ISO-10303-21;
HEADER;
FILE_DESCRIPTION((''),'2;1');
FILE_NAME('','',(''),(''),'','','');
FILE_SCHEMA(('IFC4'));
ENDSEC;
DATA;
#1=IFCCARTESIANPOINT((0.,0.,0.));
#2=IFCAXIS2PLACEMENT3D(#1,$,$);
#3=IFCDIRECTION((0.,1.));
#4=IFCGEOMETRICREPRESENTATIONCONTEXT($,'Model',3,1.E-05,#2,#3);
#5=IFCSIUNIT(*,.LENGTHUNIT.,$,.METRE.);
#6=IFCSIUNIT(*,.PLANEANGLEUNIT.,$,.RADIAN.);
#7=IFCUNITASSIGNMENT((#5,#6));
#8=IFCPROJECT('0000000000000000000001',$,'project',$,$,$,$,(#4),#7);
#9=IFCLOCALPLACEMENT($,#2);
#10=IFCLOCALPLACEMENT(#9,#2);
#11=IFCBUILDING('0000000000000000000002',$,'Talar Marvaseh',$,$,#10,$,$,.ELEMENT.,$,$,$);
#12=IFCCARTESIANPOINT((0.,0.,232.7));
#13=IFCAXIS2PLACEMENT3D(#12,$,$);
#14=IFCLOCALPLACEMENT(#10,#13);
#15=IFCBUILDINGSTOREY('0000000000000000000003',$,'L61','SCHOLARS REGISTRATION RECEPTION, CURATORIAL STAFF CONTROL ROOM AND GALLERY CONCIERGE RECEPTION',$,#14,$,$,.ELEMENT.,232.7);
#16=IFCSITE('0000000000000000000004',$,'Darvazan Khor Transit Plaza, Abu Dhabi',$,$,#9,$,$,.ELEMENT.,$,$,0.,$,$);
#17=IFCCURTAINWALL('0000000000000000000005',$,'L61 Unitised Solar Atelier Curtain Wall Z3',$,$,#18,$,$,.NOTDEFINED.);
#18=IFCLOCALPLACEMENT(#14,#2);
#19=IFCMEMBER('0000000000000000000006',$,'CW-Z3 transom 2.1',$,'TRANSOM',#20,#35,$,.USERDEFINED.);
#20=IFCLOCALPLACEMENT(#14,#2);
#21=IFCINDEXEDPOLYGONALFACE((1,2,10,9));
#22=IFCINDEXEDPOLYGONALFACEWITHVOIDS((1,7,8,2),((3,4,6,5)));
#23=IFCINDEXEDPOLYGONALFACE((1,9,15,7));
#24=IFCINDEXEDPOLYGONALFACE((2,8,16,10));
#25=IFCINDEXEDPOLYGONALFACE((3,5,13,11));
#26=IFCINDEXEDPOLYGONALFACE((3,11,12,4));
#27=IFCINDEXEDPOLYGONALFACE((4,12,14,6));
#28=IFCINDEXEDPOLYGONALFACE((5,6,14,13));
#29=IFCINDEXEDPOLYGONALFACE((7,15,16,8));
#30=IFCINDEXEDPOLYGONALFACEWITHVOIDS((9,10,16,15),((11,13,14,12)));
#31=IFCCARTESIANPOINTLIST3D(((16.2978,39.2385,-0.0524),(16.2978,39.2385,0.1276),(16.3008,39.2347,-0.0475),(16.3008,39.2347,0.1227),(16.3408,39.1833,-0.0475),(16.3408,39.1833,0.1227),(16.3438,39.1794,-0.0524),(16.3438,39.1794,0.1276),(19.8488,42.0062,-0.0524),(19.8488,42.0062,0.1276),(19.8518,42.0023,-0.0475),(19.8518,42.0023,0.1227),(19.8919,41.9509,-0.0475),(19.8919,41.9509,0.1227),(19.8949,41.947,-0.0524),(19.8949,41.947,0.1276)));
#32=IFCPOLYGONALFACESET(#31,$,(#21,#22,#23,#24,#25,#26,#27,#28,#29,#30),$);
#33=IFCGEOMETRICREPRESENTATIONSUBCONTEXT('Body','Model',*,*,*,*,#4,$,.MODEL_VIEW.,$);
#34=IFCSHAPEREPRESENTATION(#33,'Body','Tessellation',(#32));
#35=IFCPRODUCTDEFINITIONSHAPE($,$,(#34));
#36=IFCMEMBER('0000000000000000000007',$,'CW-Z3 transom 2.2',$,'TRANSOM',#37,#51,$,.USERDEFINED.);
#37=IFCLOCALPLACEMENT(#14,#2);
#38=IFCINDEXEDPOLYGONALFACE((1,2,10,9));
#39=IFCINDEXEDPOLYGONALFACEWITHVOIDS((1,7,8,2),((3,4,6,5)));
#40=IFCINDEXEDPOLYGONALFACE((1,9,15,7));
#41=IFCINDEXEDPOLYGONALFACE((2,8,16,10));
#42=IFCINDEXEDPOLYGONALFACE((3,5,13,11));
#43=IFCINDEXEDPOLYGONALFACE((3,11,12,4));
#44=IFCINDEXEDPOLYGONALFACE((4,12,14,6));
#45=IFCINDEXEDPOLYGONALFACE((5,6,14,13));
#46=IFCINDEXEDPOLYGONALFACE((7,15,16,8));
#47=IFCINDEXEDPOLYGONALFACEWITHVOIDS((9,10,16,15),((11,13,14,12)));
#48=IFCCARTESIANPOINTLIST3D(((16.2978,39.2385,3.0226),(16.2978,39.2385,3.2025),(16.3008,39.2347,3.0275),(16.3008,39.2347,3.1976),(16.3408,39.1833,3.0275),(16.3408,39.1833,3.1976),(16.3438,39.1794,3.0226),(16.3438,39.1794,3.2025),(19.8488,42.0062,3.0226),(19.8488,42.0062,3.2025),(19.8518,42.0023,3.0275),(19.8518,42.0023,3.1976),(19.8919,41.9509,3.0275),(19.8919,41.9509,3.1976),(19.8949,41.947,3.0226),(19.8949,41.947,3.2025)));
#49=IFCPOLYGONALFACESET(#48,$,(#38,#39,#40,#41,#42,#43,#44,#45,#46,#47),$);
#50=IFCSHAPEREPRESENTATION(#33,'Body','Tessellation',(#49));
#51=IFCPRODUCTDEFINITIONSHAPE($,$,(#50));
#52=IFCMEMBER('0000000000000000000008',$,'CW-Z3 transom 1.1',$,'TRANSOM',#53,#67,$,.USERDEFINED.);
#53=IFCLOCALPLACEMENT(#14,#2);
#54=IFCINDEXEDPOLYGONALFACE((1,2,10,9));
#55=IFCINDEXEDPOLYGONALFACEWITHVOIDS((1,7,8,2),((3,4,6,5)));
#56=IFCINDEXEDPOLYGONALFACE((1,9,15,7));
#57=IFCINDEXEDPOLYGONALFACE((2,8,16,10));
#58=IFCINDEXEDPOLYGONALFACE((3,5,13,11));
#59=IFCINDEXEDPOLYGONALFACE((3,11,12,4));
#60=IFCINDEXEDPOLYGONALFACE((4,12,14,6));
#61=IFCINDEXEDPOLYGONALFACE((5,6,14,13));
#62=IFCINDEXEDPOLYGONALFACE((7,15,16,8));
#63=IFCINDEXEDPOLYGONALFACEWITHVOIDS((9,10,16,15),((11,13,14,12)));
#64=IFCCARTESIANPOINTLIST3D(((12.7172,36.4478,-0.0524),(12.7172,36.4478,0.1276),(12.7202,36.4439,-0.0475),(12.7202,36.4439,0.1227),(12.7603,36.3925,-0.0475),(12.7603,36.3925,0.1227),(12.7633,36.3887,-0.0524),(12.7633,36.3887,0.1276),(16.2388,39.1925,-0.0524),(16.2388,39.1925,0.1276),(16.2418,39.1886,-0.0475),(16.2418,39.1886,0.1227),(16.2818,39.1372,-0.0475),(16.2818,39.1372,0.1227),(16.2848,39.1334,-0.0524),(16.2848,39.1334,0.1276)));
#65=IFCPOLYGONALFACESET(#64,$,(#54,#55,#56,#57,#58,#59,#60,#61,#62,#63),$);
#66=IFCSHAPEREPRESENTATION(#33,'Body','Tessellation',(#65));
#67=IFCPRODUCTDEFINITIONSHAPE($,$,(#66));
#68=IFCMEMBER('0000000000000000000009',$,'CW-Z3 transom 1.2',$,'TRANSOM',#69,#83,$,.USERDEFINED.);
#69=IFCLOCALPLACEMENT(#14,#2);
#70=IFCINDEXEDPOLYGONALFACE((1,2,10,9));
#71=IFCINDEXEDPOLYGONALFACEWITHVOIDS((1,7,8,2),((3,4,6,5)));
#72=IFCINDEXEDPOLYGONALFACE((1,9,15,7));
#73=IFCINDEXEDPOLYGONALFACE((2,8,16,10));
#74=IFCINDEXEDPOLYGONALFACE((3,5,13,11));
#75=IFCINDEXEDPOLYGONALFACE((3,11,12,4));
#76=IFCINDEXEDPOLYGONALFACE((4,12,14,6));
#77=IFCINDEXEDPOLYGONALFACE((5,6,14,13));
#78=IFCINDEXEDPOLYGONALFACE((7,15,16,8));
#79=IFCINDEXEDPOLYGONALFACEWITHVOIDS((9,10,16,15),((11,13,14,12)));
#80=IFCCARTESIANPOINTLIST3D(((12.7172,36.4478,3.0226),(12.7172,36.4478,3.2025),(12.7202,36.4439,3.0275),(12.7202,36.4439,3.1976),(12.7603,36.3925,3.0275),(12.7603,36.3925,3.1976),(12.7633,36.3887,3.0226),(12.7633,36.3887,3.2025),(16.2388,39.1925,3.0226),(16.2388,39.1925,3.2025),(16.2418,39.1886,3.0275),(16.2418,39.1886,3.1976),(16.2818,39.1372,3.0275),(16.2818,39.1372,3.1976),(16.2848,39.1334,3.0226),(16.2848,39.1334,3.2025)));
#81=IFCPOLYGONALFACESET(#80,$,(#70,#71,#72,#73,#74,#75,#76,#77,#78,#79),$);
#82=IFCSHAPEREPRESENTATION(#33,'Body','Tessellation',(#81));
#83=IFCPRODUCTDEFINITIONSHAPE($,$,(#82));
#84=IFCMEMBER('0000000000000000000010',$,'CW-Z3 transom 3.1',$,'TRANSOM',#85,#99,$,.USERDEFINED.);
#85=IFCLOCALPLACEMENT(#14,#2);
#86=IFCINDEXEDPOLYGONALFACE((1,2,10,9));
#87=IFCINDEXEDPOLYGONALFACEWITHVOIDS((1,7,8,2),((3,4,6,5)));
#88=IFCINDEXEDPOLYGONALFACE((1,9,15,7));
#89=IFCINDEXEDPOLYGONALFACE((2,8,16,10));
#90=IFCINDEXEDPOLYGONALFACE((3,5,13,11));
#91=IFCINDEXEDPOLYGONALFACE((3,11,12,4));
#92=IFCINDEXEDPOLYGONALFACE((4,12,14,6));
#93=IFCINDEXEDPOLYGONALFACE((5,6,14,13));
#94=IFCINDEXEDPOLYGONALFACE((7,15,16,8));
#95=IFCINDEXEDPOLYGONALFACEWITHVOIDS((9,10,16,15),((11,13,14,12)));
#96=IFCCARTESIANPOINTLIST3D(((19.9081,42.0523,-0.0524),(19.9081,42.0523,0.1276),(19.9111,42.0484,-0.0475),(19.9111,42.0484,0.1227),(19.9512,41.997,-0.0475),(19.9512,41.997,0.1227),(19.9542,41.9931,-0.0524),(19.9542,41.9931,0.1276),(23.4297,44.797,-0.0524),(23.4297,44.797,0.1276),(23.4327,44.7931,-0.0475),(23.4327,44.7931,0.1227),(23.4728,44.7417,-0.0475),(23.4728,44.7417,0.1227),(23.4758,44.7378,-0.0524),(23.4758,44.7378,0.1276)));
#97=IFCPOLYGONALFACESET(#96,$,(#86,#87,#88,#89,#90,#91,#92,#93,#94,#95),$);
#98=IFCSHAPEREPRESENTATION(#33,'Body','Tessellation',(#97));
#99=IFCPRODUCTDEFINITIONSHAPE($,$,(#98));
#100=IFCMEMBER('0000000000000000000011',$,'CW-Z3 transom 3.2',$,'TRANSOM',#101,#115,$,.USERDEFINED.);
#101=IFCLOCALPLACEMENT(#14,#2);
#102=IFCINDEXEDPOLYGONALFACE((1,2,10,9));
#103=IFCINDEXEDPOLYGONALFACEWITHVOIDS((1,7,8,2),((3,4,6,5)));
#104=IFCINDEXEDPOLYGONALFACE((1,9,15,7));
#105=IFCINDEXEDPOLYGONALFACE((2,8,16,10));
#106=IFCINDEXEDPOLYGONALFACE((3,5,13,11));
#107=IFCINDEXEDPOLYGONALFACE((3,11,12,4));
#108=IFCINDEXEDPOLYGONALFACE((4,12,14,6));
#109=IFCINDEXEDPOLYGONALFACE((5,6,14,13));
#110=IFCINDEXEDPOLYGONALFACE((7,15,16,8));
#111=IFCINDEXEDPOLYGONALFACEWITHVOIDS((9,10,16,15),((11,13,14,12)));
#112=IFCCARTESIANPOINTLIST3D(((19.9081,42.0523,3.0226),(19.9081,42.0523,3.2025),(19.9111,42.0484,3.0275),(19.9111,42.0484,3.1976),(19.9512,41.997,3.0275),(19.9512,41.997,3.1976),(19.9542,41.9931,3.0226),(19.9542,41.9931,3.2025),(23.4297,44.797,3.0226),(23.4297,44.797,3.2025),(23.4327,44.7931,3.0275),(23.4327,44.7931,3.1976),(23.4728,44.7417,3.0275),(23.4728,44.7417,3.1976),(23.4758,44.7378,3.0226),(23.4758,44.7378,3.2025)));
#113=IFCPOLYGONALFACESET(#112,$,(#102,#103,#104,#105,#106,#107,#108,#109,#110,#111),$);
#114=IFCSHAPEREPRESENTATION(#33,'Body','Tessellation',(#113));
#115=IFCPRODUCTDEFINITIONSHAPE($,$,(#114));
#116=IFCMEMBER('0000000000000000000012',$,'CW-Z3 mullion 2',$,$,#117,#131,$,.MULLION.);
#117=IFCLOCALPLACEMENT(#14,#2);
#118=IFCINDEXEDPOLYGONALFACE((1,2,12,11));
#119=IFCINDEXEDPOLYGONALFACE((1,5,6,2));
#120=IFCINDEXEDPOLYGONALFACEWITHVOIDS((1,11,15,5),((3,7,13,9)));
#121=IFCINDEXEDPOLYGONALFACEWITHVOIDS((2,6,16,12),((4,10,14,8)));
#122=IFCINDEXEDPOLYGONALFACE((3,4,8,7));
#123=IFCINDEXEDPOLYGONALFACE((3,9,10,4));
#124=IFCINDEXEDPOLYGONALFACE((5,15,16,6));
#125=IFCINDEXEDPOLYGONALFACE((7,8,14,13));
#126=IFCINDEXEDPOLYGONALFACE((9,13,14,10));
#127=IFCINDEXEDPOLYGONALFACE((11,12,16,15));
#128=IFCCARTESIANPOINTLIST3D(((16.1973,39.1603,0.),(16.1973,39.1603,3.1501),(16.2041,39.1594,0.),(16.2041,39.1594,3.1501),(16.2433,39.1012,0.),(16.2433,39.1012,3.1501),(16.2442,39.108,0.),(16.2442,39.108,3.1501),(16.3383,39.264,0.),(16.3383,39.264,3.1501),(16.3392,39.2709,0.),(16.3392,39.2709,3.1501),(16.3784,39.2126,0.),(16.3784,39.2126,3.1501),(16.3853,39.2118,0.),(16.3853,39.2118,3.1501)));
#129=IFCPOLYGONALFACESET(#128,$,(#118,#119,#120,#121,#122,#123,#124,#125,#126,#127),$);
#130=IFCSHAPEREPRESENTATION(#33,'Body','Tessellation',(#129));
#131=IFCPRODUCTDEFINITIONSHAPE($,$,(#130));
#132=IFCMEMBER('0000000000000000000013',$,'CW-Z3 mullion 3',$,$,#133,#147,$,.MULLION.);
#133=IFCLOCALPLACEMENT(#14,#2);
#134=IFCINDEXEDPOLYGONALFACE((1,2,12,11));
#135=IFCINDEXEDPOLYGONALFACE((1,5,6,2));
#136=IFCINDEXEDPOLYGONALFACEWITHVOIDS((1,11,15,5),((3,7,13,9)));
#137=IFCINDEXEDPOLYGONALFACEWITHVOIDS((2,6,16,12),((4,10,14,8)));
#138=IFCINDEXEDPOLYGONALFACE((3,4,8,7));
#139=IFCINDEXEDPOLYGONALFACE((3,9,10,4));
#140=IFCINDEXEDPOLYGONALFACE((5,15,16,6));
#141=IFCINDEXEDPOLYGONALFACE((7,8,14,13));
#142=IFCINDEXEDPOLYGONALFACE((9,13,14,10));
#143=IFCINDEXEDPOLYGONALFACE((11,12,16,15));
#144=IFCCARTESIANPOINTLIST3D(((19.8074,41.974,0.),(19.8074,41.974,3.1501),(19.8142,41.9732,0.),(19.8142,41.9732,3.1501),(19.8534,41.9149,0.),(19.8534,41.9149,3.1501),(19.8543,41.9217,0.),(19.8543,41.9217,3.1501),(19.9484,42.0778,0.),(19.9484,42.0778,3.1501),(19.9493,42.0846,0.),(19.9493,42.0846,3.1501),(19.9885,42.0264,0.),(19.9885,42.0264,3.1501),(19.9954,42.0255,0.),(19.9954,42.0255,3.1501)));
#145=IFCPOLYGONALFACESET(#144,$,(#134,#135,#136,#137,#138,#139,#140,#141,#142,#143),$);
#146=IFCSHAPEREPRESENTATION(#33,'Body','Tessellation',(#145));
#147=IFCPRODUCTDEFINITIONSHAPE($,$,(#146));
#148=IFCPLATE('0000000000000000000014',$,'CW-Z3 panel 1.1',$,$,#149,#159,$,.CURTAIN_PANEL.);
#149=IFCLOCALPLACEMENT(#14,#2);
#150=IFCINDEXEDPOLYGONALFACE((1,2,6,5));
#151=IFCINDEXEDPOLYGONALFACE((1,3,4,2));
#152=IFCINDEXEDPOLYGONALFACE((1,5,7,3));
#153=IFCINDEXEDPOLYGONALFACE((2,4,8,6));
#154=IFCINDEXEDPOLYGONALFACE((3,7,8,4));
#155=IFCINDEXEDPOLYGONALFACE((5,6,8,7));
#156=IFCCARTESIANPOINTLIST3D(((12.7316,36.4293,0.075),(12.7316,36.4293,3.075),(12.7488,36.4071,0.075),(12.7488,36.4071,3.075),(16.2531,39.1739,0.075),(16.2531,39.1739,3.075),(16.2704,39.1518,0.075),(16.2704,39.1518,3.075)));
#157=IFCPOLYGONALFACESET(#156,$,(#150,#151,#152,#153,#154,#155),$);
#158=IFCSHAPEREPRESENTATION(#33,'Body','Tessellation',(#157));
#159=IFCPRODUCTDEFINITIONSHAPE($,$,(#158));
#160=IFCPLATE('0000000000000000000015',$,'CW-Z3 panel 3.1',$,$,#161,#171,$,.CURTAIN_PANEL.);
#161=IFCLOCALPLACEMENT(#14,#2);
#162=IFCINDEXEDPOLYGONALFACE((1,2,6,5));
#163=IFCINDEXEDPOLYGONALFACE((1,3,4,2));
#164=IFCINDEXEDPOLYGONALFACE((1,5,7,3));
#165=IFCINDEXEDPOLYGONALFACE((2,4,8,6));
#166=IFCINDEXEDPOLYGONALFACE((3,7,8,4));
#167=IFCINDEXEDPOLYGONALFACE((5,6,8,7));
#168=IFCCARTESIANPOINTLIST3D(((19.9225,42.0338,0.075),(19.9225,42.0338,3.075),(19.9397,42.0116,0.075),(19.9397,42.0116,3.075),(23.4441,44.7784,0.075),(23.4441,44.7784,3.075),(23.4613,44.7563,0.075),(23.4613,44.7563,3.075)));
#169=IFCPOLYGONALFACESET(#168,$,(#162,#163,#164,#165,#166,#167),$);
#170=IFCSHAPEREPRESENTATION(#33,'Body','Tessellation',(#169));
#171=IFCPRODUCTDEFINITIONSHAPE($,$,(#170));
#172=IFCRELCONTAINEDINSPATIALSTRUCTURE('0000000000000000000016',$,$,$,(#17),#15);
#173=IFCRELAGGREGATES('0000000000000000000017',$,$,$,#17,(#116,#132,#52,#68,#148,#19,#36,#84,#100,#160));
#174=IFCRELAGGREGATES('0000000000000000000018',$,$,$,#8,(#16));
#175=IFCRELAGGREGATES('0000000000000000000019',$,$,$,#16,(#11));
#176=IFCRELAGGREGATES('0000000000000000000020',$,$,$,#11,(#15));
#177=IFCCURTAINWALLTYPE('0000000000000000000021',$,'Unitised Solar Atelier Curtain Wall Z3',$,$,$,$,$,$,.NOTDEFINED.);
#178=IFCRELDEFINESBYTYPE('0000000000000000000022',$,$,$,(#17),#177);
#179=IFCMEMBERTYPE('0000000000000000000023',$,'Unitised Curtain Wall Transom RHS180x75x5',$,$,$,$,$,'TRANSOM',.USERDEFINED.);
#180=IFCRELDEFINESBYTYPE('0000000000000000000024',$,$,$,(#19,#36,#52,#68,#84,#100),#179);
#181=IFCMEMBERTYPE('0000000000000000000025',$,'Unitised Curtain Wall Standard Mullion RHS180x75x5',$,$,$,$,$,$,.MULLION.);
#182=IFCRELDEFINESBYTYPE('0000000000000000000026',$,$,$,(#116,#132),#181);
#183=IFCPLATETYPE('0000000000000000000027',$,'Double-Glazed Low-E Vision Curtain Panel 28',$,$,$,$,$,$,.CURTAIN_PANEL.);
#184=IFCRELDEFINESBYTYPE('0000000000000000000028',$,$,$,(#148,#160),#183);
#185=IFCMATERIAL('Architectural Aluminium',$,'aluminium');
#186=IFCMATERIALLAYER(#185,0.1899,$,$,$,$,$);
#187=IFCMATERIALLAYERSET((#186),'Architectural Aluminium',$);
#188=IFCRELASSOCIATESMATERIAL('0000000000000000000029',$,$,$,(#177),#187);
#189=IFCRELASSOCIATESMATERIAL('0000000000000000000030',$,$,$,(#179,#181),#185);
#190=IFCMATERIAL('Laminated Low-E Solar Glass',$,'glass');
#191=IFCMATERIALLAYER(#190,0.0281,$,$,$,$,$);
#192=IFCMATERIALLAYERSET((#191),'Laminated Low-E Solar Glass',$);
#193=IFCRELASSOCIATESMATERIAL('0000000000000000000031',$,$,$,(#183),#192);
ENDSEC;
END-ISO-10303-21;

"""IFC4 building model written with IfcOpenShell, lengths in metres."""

from ifc_helpers import new_model, si_unit, direction, frame, origin, origin_2d, place, context, subcontext, project, spatial, rectangle, hollow_rectangle, extrude, source, transform, mapped, material, layer, layer_set, material_profile, profile_set, type_object, type_shapes, element, aggregate, save


model = new_model("IFC4")

# Units and contexts
model_context = context("Model", 3, precision=1e-05, world=origin(), true_north=direction((0.0, 1.0)))
body_context = subcontext(model_context, "Body", "Model", "MODEL_VIEW")
ifc_project = project(units=[si_unit("LENGTHUNIT", "METRE"), si_unit("PLANEANGLEUNIT", "RADIAN")], contexts=[model_context])

# Site, building, storey
site_placement = place(None, origin())
site = spatial("IfcSite", under=ifc_project, at=site_placement, Name="Darvazan Khor Transit Plaza, Abu Dhabi", CompositionType="ELEMENT", RefElevation=0.0)
building_placement = place(site_placement, origin())
building = spatial("IfcBuilding", under=site, at=building_placement, Name="Talar Marvaseh", CompositionType="ELEMENT")
storey_placement = place(building_placement, frame((0.0, 0.0, 232.7)))
storey = spatial("IfcBuildingStorey", under=building, at=storey_placement, Name="L61", Description="SCHOLARS REGISTRATION RECEPTION, CURATORIAL STAFF CONTROL ROOM AND GALLERY CONCIERGE RECEPTION", CompositionType="ELEMENT", Elevation=232.7)

# Curtain wall, members, plates
ifc_material_1 = material(Name="Architectural Aluminium", Category="aluminium")
ifc_layer_1 = layer(ifc_material_1, 0.1899)
ifc_layer_set_1 = layer_set([ifc_layer_1], Name="Architectural Aluminium")
curtain_wall_type = type_object("IfcCurtainWallType", Name="Unitised Solar Atelier Curtain Wall Z3", PredefinedType="NOTDEFINED", material=ifc_layer_set_1)
curtain_wall_placement = place(storey_placement, origin())
curtain_wall = element("IfcCurtainWall", 1, at=curtain_wall_placement, inside=storey, type_object=curtain_wall_type, Name="L61 Unitised Solar Atelier Curtain Wall Z3", PredefinedType="NOTDEFINED")
ifc_material_profile_1 = material_profile(ifc_material_1, hollow_rectangle(XDim=0.075, YDim=0.1799, WallThickness=0.0049, at=origin_2d()), Name="RHS180x75x5")
ifc_profile_set_1 = profile_set([ifc_material_profile_1], Name="Architectural Aluminium")
member_type_1 = type_object("IfcMemberType", Name="Unitised Curtain Wall Transom RHS180x75x5", ElementType="TRANSOM", PredefinedType="USERDEFINED", material=ifc_profile_set_1)
shared_shape_1 = source(origin(), body_context, "Body", "SweptSolid", [
    extrude(hollow_rectangle(XDim=0.075, YDim=0.1799, WallThickness=0.0049, at=origin_2d()), origin(), (0.0, 0.0, 1.0), 4.5022),
])
member_1_placement = place(storey_placement, frame((16.3208, 39.209, 0.0376), z_axis=(0.788742, 0.614725, 0.0), x_axis=(-0.614725, 0.788742, 0.0)))
member_1 = element("IfcMember", 2, at=member_1_placement, type_object=member_type_1, Name="CW-Z3 transom 2.1", ObjectType="TRANSOM", PredefinedType="USERDEFINED", context=body_context, shape_type="MappedRepresentation", body=[
    mapped(shared_shape_1, transform((0.0, 0.0, 0.0), x_axis=(1.0, 0.0, 0.0), y_axis=(0.0, 1.0, 0.0), z_axis=(0.0, 0.0, 1.0), scale=1.0)),
])
member_2_placement = place(storey_placement, frame((16.3208, 39.209, 3.1125), z_axis=(0.788742, 0.614725, 0.0), x_axis=(-0.614725, 0.788742, 0.0)))
member_2 = element("IfcMember", 3, at=member_2_placement, type_object=member_type_1, Name="CW-Z3 transom 2.2", ObjectType="TRANSOM", PredefinedType="USERDEFINED", context=body_context, shape_type="MappedRepresentation", body=[
    mapped(shared_shape_1, transform((0.0, 0.0, 0.0), x_axis=(1.0, 0.0, 0.0), y_axis=(0.0, 1.0, 0.0), z_axis=(0.0, 0.0, 1.0), scale=1.0)),
])
shared_shape_2 = source(origin(), body_context, "Body", "SweptSolid", [
    extrude(hollow_rectangle(XDim=0.075, YDim=0.1799, WallThickness=0.0049, at=origin_2d()), origin(), (0.0, 0.0, 1.0), 4.4648),
])
type_shapes(member_type_1, [shared_shape_1, shared_shape_2])
member_3_placement = place(storey_placement, frame((12.7402, 36.4182, 0.0376), z_axis=(0.788733, 0.614735, 0.0), x_axis=(-0.614735, 0.788733, 0.0)))
member_3 = element("IfcMember", 4, at=member_3_placement, type_object=member_type_1, Name="CW-Z3 transom 1.1", ObjectType="TRANSOM", PredefinedType="USERDEFINED", context=body_context, shape_type="MappedRepresentation", body=[
    mapped(shared_shape_2, transform((0.0, 0.0, 0.0), x_axis=(1.0, 0.0, 0.0), y_axis=(0.0, 1.0, 0.0), z_axis=(0.0, 0.0, 1.0), scale=1.0)),
])
member_4_placement = place(storey_placement, frame((12.7402, 36.4182, 3.1125), z_axis=(0.788733, 0.614735, 0.0), x_axis=(-0.614735, 0.788733, 0.0)))
member_4 = element("IfcMember", 5, at=member_4_placement, type_object=member_type_1, Name="CW-Z3 transom 1.2", ObjectType="TRANSOM", PredefinedType="USERDEFINED", context=body_context, shape_type="MappedRepresentation", body=[
    mapped(shared_shape_2, transform((0.0, 0.0, 0.0), x_axis=(1.0, 0.0, 0.0), y_axis=(0.0, 1.0, 0.0), z_axis=(0.0, 0.0, 1.0), scale=1.0)),
])
member_5_placement = place(storey_placement, frame((19.9312, 42.0227, 0.0376), z_axis=(0.788733, 0.614735, 0.0), x_axis=(-0.614735, 0.788733, 0.0)))
member_5 = element("IfcMember", 6, at=member_5_placement, type_object=member_type_1, Name="CW-Z3 transom 3.1", ObjectType="TRANSOM", PredefinedType="USERDEFINED", context=body_context, shape_type="MappedRepresentation", body=[
    mapped(shared_shape_2, transform((0.0, 0.0, 0.0), x_axis=(1.0, 0.0, 0.0), y_axis=(0.0, 1.0, 0.0), z_axis=(0.0, 0.0, 1.0), scale=1.0)),
])
member_6_placement = place(storey_placement, frame((19.9312, 42.0227, 3.1125), z_axis=(0.788733, 0.614735, 0.0), x_axis=(-0.614735, 0.788733, 0.0)))
member_6 = element("IfcMember", 7, at=member_6_placement, type_object=member_type_1, Name="CW-Z3 transom 3.2", ObjectType="TRANSOM", PredefinedType="USERDEFINED", context=body_context, shape_type="MappedRepresentation", body=[
    mapped(shared_shape_2, transform((0.0, 0.0, 0.0), x_axis=(1.0, 0.0, 0.0), y_axis=(0.0, 1.0, 0.0), z_axis=(0.0, 0.0, 1.0), scale=1.0)),
])
ifc_material_profile_2 = material_profile(ifc_material_1, hollow_rectangle(XDim=0.075, YDim=0.1799, WallThickness=0.0049, at=origin_2d()), Name="RHS180x75x5")
ifc_profile_set_2 = profile_set([ifc_material_profile_2], Name="Architectural Aluminium")
member_type_2 = type_object("IfcMemberType", Name="Unitised Curtain Wall Standard Mullion RHS180x75x5", PredefinedType="MULLION", material=ifc_profile_set_2)
shared_shape_3 = source(origin(), body_context, "Body", "SweptSolid", [
    extrude(hollow_rectangle(XDim=0.075, YDim=0.1799, WallThickness=0.0049, at=origin_2d()), origin(), (0.0, 0.0, 1.0), 3.1501),
])
type_shapes(member_type_2, [shared_shape_3])
member_7_placement = place(storey_placement, frame((16.2913, 39.186, 0.0), z_axis=(0.0, 0.0, 1.0), x_axis=(-0.614731, 0.788737, 0.0)))
member_7 = element("IfcMember", 8, at=member_7_placement, type_object=member_type_2, Name="CW-Z3 mullion 2", PredefinedType="MULLION", context=body_context, shape_type="MappedRepresentation", body=[
    mapped(shared_shape_3, transform((0.0, 0.0, 0.0), x_axis=(1.0, 0.0, 0.0), y_axis=(0.0, 1.0, 0.0), z_axis=(0.0, 0.0, 1.0), scale=1.0)),
])
member_8_placement = place(storey_placement, frame((19.9014, 41.9998, 0.0), z_axis=(0.0, 0.0, 1.0), x_axis=(-0.614731, 0.788737, 0.0)))
member_8 = element("IfcMember", 9, at=member_8_placement, type_object=member_type_2, Name="CW-Z3 mullion 3", PredefinedType="MULLION", context=body_context, shape_type="MappedRepresentation", body=[
    mapped(shared_shape_3, transform((0.0, 0.0, 0.0), x_axis=(1.0, 0.0, 0.0), y_axis=(0.0, 1.0, 0.0), z_axis=(0.0, 0.0, 1.0), scale=1.0)),
])
ifc_material_2 = material(Name="Laminated Low-E Solar Glass", Category="glass")
ifc_layer_2 = layer(ifc_material_2, 0.0281)
ifc_layer_set_2 = layer_set([ifc_layer_2], Name="Laminated Low-E Solar Glass")
plate_type = type_object("IfcPlateType", Name="Double-Glazed Low-E Vision Curtain Panel 28", PredefinedType="CURTAIN_PANEL", material=ifc_layer_set_2)
shared_shape_4 = source(origin(), body_context, "Body", "SweptSolid", [
    extrude(rectangle(XDim=4.4648, YDim=0.0281, at=origin_2d()), origin(), (0.0, 0.0, 1.0), 3.0),
])
plate_1_placement = place(storey_placement, frame((14.501, 37.7905, 0.075), z_axis=(0.0, 0.0, 1.0), x_axis=(0.788737, 0.614731, 0.0)))
plate_1 = element("IfcPlate", 10, at=plate_1_placement, type_object=plate_type, Name="CW-Z3 panel 1.1", PredefinedType="CURTAIN_PANEL", context=body_context, shape_type="MappedRepresentation", body=[
    mapped(shared_shape_4, transform((0.0, 0.0, 0.0), x_axis=(1.0, 0.0, 0.0), y_axis=(0.0, 1.0, 0.0), z_axis=(0.0, 0.0, 1.0), scale=1.0)),
])
plate_2_placement = place(storey_placement, frame((21.6919, 43.395, 0.075), z_axis=(0.0, 0.0, 1.0), x_axis=(0.788737, 0.614731, 0.0)))
plate_2 = element("IfcPlate", 11, at=plate_2_placement, type_object=plate_type, Name="CW-Z3 panel 3.1", PredefinedType="CURTAIN_PANEL", context=body_context, shape_type="MappedRepresentation", body=[
    mapped(shared_shape_4, transform((0.0, 0.0, 0.0), x_axis=(1.0, 0.0, 0.0), y_axis=(0.0, 1.0, 0.0), z_axis=(0.0, 0.0, 1.0), scale=1.0)),
])
aggregate(curtain_wall, [member_7, member_8, member_3, member_4, plate_1, member_1, member_2, member_5, member_6, plate_2])

save(model, "model.ifc")
